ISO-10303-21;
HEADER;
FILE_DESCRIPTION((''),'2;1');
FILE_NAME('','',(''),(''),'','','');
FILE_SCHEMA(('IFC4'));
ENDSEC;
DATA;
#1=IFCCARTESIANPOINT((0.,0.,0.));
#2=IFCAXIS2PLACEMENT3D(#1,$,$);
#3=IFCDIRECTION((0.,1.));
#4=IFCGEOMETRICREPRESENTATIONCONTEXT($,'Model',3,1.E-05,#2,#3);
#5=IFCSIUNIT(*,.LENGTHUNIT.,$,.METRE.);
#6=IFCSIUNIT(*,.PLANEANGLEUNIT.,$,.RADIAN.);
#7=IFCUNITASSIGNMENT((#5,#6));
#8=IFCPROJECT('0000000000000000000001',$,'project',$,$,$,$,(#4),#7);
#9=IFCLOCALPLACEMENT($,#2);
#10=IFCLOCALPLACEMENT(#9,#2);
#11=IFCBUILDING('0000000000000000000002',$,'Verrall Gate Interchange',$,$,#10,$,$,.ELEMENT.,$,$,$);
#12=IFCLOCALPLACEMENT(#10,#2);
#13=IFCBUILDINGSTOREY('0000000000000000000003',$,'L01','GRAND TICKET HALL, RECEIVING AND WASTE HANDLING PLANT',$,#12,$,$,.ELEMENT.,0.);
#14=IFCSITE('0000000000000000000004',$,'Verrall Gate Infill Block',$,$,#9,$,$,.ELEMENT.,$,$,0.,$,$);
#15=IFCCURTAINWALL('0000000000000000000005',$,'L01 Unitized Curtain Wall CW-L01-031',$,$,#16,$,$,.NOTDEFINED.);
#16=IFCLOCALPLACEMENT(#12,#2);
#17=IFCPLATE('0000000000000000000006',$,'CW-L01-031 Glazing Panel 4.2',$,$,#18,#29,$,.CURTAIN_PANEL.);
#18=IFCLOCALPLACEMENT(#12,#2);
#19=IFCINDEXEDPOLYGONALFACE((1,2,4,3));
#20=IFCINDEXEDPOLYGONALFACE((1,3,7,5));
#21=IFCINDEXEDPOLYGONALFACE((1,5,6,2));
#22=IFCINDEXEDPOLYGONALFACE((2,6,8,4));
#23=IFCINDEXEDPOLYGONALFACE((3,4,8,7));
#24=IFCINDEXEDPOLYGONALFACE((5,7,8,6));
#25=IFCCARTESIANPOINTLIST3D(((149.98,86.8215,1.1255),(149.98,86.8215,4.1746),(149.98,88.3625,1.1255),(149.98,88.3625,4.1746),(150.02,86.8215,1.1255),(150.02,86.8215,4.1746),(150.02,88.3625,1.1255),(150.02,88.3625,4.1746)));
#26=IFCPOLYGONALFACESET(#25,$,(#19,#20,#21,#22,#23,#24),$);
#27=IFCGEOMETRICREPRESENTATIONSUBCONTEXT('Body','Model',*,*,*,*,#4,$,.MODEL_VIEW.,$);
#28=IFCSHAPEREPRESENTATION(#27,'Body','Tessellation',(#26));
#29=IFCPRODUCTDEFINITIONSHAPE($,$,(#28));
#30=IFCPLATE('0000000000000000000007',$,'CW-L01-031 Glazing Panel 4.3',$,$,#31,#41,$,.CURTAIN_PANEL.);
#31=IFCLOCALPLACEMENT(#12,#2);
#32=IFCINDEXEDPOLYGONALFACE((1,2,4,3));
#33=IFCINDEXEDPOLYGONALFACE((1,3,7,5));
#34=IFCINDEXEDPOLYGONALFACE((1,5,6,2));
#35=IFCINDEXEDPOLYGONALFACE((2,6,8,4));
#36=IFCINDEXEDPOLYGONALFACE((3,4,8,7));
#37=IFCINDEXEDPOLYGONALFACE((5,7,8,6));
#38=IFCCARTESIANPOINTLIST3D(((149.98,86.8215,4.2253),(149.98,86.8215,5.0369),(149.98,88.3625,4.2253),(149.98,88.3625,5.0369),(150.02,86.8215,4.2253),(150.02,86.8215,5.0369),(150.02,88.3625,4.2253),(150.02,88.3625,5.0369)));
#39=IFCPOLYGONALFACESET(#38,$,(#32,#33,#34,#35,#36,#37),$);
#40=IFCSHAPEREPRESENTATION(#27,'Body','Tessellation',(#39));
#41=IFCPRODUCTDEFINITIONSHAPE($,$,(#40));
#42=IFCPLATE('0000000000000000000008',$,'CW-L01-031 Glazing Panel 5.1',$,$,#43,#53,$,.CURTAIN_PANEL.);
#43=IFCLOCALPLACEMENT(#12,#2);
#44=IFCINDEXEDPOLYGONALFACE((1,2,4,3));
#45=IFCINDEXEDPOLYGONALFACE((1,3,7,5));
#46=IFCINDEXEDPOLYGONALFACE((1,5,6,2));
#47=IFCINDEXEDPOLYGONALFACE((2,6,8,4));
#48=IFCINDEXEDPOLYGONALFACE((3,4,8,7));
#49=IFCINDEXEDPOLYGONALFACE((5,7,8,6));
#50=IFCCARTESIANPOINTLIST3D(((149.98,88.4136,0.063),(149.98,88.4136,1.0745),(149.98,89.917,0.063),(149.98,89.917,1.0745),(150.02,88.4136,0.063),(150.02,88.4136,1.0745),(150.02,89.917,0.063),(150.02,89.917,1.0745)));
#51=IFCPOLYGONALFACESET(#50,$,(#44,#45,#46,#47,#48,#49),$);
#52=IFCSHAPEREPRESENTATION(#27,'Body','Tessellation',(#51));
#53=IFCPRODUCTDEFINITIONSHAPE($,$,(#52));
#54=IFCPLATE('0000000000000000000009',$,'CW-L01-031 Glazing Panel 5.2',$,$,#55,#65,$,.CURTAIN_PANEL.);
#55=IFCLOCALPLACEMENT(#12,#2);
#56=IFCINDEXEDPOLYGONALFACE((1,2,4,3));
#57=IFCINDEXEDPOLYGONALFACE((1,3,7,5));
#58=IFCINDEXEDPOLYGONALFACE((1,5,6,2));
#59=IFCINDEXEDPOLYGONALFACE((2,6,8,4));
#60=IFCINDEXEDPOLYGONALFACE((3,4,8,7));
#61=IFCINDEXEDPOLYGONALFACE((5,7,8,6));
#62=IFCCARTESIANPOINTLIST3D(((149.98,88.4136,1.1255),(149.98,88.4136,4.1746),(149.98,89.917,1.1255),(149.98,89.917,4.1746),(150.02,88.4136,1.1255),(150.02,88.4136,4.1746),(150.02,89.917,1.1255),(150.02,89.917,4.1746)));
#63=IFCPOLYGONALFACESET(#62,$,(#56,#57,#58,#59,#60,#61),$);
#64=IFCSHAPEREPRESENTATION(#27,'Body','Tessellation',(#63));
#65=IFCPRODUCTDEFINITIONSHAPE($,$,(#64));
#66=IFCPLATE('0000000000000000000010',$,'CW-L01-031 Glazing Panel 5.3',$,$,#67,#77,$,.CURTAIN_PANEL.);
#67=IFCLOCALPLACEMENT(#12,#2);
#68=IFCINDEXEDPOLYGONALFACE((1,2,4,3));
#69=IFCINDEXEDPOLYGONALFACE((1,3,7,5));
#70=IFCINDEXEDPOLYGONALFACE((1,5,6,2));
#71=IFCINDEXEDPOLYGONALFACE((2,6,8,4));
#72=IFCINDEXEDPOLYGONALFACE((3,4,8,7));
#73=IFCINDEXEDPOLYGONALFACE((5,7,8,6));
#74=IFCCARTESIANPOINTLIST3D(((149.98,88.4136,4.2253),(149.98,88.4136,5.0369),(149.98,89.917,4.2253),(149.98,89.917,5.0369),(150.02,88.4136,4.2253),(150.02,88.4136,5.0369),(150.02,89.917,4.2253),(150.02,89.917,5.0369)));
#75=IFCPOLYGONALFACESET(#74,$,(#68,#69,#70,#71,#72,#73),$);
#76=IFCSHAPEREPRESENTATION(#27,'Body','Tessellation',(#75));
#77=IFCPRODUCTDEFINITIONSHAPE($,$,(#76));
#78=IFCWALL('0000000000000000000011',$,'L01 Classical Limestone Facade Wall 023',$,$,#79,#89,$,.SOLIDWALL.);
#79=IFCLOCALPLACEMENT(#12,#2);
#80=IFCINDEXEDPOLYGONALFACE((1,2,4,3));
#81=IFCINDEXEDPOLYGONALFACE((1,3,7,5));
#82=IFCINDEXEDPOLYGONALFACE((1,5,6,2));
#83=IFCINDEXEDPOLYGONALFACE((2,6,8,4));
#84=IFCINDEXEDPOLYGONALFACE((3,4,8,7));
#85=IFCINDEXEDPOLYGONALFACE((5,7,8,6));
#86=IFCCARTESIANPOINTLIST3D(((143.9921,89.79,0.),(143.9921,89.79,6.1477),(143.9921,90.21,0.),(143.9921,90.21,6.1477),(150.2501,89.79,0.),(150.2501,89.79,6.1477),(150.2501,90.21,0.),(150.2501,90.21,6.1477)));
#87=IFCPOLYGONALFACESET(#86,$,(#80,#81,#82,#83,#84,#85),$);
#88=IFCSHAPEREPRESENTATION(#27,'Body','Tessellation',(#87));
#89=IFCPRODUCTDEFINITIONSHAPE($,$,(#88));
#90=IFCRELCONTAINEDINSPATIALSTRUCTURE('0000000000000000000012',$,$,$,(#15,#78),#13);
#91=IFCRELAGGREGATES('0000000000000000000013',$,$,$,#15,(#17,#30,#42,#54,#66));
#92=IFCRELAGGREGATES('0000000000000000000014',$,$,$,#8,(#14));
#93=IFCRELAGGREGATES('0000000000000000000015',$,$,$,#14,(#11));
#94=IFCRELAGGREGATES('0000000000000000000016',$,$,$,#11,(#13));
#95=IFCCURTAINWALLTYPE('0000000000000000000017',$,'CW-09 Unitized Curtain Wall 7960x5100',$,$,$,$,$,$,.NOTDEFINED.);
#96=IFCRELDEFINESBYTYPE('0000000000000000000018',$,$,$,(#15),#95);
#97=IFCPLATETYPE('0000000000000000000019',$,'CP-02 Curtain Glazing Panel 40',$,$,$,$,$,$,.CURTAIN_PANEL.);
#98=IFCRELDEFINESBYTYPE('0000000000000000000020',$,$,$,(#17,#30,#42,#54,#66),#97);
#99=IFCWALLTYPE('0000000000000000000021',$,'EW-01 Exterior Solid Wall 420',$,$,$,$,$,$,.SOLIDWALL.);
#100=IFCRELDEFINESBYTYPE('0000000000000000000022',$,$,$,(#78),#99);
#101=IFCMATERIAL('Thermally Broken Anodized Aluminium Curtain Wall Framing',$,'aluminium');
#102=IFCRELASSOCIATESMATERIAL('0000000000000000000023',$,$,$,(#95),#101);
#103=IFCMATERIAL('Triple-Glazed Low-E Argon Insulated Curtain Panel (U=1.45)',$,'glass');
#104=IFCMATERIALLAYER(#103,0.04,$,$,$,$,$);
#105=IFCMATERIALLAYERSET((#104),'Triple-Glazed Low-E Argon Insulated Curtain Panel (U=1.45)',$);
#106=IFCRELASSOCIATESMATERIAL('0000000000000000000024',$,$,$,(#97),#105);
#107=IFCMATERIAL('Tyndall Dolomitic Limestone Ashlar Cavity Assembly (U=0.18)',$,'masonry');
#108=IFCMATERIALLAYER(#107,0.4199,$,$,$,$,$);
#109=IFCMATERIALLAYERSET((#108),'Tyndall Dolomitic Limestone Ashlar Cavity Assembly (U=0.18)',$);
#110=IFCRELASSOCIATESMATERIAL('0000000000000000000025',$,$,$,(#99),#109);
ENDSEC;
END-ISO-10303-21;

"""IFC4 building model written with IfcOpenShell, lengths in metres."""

from ifc_helpers import new_model, si_unit, direction, frame, frame_2d, origin, origin_2d, place, context, subcontext, project, spatial, rectangle, extrude, material, layer, layer_set, type_object, element, aggregate, save


model = new_model("IFC4")

# Units and contexts
model_context = context("Model", 3, precision=1e-05, world=origin(), true_north=direction((0.0, 1.0)))
body_context = subcontext(model_context, "Body", "Model", "MODEL_VIEW")
ifc_project = project(units=[si_unit("LENGTHUNIT", "METRE"), si_unit("PLANEANGLEUNIT", "RADIAN")], contexts=[model_context])

# Site, building, storey
site_placement = place(None, origin())
site = spatial("IfcSite", under=ifc_project, at=site_placement, Name="Verrall Gate Infill Block", CompositionType="ELEMENT", RefElevation=0.0)
building_placement = place(site_placement, origin())
building = spatial("IfcBuilding", under=site, at=building_placement, Name="Verrall Gate Interchange", CompositionType="ELEMENT")
storey_placement = place(building_placement, origin())
storey = spatial("IfcBuildingStorey", under=building, at=storey_placement, Name="L01", Description="GRAND TICKET HALL, RECEIVING AND WASTE HANDLING PLANT", CompositionType="ELEMENT", Elevation=0.0)

# Curtain wall
ifc_material_1 = material(Name="Thermally Broken Anodized Aluminium Curtain Wall Framing", Category="aluminium")
curtain_wall_type = type_object("IfcCurtainWallType", Name="CW-09 Unitized Curtain Wall 7960x5100", PredefinedType="NOTDEFINED", material=ifc_material_1)
curtain_wall_placement = place(storey_placement, origin())
curtain_wall = element("IfcCurtainWall", 1, at=curtain_wall_placement, inside=storey, type_object=curtain_wall_type, Name="L01 Unitized Curtain Wall CW-L01-031", PredefinedType="NOTDEFINED")

# Plates
ifc_material_2 = material(Name="Triple-Glazed Low-E Argon Insulated Curtain Panel (U=1.45)", Category="glass")
ifc_layer_1 = layer(ifc_material_2, 0.04)
ifc_layer_set_1 = layer_set([ifc_layer_1], Name="Triple-Glazed Low-E Argon Insulated Curtain Panel (U=1.45)")
plate_type_1 = type_object("IfcPlateType", Name="CP-02 Curtain Glazing Panel 40", PredefinedType="CURTAIN_PANEL", material=ifc_layer_set_1)
plate_1_placement = place(storey_placement, frame((150.0, 87.592, 1.1255), z_axis=(0.0, 0.0, 1.0), x_axis=(0.0, 1.0, 0.0)))
plate_1 = element("IfcPlate", 2, at=plate_1_placement, type_object=plate_type_1, Name="CW-L01-031 Glazing Panel 4.2", PredefinedType="CURTAIN_PANEL", context=body_context, shape_type="SweptSolid", body=[
    extrude(rectangle(XDim=1.541, YDim=0.04, at=origin_2d()), origin(), (0.0, 0.0, 1.0), 3.0491),
])
plate_2_placement = place(storey_placement, frame((150.0, 87.592, 4.2253), z_axis=(0.0, 0.0, 1.0), x_axis=(0.0, 1.0, 0.0)))
plate_2 = element("IfcPlate", 3, at=plate_2_placement, type_object=plate_type_1, Name="CW-L01-031 Glazing Panel 4.3", PredefinedType="CURTAIN_PANEL", context=body_context, shape_type="SweptSolid", body=[
    extrude(rectangle(XDim=1.541, YDim=0.04, at=origin_2d()), origin(), (0.0, 0.0, 1.0), 0.8115),
])
plate_3_placement = place(storey_placement, frame((150.0, 89.1653, 0.063), z_axis=(0.0, 0.0, 1.0), x_axis=(0.0, 1.0, 0.0)))
plate_3 = element("IfcPlate", 4, at=plate_3_placement, type_object=plate_type_1, Name="CW-L01-031 Glazing Panel 5.1", PredefinedType="CURTAIN_PANEL", context=body_context, shape_type="SweptSolid", body=[
    extrude(rectangle(XDim=1.5034, YDim=0.04, at=origin_2d()), origin(), (0.0, 0.0, 1.0), 1.0115),
])
plate_4_placement = place(storey_placement, frame((150.0, 89.1653, 1.1255), z_axis=(0.0, 0.0, 1.0), x_axis=(0.0, 1.0, 0.0)))
plate_4 = element("IfcPlate", 5, at=plate_4_placement, type_object=plate_type_1, Name="CW-L01-031 Glazing Panel 5.2", PredefinedType="CURTAIN_PANEL", context=body_context, shape_type="SweptSolid", body=[
    extrude(rectangle(XDim=1.5034, YDim=0.04, at=origin_2d()), origin(), (0.0, 0.0, 1.0), 3.0491),
])
plate_5_placement = place(storey_placement, frame((150.0, 89.1653, 4.2253), z_axis=(0.0, 0.0, 1.0), x_axis=(0.0, 1.0, 0.0)))
plate_5 = element("IfcPlate", 6, at=plate_5_placement, type_object=plate_type_1, Name="CW-L01-031 Glazing Panel 5.3", PredefinedType="CURTAIN_PANEL", context=body_context, shape_type="SweptSolid", body=[
    extrude(rectangle(XDim=1.5034, YDim=0.04, at=origin_2d()), origin(), (0.0, 0.0, 1.0), 0.8115),
])
aggregate(curtain_wall, [plate_1, plate_2, plate_3, plate_4, plate_5])

# Wall
ifc_material_3 = material(Name="Tyndall Dolomitic Limestone Ashlar Cavity Assembly (U=0.18)", Category="masonry")
ifc_layer_2 = layer(ifc_material_3, 0.4199)
ifc_layer_set_2 = layer_set([ifc_layer_2], Name="Tyndall Dolomitic Limestone Ashlar Cavity Assembly (U=0.18)")
wall_type = type_object("IfcWallType", Name="EW-01 Exterior Solid Wall 420", PredefinedType="SOLIDWALL", material=ifc_layer_set_2)
wall_placement = place(storey_placement, frame((150.25, 90.0, 0.0), z_axis=(0.0, 0.0, 1.0), x_axis=(-1.0, 0.0, 0.0)))
element("IfcWall", 7, at=wall_placement, inside=storey, type_object=wall_type, Name="L01 Classical Limestone Facade Wall 023", PredefinedType="SOLIDWALL", context=body_context, shape_type="SweptSolid", body=[
    extrude(rectangle(XDim=6.2581, YDim=0.4199, at=frame_2d((3.1289, 0.0))), origin(), (0.0, 0.0, 1.0), 6.1477),
])

save(model, "model.ifc")
